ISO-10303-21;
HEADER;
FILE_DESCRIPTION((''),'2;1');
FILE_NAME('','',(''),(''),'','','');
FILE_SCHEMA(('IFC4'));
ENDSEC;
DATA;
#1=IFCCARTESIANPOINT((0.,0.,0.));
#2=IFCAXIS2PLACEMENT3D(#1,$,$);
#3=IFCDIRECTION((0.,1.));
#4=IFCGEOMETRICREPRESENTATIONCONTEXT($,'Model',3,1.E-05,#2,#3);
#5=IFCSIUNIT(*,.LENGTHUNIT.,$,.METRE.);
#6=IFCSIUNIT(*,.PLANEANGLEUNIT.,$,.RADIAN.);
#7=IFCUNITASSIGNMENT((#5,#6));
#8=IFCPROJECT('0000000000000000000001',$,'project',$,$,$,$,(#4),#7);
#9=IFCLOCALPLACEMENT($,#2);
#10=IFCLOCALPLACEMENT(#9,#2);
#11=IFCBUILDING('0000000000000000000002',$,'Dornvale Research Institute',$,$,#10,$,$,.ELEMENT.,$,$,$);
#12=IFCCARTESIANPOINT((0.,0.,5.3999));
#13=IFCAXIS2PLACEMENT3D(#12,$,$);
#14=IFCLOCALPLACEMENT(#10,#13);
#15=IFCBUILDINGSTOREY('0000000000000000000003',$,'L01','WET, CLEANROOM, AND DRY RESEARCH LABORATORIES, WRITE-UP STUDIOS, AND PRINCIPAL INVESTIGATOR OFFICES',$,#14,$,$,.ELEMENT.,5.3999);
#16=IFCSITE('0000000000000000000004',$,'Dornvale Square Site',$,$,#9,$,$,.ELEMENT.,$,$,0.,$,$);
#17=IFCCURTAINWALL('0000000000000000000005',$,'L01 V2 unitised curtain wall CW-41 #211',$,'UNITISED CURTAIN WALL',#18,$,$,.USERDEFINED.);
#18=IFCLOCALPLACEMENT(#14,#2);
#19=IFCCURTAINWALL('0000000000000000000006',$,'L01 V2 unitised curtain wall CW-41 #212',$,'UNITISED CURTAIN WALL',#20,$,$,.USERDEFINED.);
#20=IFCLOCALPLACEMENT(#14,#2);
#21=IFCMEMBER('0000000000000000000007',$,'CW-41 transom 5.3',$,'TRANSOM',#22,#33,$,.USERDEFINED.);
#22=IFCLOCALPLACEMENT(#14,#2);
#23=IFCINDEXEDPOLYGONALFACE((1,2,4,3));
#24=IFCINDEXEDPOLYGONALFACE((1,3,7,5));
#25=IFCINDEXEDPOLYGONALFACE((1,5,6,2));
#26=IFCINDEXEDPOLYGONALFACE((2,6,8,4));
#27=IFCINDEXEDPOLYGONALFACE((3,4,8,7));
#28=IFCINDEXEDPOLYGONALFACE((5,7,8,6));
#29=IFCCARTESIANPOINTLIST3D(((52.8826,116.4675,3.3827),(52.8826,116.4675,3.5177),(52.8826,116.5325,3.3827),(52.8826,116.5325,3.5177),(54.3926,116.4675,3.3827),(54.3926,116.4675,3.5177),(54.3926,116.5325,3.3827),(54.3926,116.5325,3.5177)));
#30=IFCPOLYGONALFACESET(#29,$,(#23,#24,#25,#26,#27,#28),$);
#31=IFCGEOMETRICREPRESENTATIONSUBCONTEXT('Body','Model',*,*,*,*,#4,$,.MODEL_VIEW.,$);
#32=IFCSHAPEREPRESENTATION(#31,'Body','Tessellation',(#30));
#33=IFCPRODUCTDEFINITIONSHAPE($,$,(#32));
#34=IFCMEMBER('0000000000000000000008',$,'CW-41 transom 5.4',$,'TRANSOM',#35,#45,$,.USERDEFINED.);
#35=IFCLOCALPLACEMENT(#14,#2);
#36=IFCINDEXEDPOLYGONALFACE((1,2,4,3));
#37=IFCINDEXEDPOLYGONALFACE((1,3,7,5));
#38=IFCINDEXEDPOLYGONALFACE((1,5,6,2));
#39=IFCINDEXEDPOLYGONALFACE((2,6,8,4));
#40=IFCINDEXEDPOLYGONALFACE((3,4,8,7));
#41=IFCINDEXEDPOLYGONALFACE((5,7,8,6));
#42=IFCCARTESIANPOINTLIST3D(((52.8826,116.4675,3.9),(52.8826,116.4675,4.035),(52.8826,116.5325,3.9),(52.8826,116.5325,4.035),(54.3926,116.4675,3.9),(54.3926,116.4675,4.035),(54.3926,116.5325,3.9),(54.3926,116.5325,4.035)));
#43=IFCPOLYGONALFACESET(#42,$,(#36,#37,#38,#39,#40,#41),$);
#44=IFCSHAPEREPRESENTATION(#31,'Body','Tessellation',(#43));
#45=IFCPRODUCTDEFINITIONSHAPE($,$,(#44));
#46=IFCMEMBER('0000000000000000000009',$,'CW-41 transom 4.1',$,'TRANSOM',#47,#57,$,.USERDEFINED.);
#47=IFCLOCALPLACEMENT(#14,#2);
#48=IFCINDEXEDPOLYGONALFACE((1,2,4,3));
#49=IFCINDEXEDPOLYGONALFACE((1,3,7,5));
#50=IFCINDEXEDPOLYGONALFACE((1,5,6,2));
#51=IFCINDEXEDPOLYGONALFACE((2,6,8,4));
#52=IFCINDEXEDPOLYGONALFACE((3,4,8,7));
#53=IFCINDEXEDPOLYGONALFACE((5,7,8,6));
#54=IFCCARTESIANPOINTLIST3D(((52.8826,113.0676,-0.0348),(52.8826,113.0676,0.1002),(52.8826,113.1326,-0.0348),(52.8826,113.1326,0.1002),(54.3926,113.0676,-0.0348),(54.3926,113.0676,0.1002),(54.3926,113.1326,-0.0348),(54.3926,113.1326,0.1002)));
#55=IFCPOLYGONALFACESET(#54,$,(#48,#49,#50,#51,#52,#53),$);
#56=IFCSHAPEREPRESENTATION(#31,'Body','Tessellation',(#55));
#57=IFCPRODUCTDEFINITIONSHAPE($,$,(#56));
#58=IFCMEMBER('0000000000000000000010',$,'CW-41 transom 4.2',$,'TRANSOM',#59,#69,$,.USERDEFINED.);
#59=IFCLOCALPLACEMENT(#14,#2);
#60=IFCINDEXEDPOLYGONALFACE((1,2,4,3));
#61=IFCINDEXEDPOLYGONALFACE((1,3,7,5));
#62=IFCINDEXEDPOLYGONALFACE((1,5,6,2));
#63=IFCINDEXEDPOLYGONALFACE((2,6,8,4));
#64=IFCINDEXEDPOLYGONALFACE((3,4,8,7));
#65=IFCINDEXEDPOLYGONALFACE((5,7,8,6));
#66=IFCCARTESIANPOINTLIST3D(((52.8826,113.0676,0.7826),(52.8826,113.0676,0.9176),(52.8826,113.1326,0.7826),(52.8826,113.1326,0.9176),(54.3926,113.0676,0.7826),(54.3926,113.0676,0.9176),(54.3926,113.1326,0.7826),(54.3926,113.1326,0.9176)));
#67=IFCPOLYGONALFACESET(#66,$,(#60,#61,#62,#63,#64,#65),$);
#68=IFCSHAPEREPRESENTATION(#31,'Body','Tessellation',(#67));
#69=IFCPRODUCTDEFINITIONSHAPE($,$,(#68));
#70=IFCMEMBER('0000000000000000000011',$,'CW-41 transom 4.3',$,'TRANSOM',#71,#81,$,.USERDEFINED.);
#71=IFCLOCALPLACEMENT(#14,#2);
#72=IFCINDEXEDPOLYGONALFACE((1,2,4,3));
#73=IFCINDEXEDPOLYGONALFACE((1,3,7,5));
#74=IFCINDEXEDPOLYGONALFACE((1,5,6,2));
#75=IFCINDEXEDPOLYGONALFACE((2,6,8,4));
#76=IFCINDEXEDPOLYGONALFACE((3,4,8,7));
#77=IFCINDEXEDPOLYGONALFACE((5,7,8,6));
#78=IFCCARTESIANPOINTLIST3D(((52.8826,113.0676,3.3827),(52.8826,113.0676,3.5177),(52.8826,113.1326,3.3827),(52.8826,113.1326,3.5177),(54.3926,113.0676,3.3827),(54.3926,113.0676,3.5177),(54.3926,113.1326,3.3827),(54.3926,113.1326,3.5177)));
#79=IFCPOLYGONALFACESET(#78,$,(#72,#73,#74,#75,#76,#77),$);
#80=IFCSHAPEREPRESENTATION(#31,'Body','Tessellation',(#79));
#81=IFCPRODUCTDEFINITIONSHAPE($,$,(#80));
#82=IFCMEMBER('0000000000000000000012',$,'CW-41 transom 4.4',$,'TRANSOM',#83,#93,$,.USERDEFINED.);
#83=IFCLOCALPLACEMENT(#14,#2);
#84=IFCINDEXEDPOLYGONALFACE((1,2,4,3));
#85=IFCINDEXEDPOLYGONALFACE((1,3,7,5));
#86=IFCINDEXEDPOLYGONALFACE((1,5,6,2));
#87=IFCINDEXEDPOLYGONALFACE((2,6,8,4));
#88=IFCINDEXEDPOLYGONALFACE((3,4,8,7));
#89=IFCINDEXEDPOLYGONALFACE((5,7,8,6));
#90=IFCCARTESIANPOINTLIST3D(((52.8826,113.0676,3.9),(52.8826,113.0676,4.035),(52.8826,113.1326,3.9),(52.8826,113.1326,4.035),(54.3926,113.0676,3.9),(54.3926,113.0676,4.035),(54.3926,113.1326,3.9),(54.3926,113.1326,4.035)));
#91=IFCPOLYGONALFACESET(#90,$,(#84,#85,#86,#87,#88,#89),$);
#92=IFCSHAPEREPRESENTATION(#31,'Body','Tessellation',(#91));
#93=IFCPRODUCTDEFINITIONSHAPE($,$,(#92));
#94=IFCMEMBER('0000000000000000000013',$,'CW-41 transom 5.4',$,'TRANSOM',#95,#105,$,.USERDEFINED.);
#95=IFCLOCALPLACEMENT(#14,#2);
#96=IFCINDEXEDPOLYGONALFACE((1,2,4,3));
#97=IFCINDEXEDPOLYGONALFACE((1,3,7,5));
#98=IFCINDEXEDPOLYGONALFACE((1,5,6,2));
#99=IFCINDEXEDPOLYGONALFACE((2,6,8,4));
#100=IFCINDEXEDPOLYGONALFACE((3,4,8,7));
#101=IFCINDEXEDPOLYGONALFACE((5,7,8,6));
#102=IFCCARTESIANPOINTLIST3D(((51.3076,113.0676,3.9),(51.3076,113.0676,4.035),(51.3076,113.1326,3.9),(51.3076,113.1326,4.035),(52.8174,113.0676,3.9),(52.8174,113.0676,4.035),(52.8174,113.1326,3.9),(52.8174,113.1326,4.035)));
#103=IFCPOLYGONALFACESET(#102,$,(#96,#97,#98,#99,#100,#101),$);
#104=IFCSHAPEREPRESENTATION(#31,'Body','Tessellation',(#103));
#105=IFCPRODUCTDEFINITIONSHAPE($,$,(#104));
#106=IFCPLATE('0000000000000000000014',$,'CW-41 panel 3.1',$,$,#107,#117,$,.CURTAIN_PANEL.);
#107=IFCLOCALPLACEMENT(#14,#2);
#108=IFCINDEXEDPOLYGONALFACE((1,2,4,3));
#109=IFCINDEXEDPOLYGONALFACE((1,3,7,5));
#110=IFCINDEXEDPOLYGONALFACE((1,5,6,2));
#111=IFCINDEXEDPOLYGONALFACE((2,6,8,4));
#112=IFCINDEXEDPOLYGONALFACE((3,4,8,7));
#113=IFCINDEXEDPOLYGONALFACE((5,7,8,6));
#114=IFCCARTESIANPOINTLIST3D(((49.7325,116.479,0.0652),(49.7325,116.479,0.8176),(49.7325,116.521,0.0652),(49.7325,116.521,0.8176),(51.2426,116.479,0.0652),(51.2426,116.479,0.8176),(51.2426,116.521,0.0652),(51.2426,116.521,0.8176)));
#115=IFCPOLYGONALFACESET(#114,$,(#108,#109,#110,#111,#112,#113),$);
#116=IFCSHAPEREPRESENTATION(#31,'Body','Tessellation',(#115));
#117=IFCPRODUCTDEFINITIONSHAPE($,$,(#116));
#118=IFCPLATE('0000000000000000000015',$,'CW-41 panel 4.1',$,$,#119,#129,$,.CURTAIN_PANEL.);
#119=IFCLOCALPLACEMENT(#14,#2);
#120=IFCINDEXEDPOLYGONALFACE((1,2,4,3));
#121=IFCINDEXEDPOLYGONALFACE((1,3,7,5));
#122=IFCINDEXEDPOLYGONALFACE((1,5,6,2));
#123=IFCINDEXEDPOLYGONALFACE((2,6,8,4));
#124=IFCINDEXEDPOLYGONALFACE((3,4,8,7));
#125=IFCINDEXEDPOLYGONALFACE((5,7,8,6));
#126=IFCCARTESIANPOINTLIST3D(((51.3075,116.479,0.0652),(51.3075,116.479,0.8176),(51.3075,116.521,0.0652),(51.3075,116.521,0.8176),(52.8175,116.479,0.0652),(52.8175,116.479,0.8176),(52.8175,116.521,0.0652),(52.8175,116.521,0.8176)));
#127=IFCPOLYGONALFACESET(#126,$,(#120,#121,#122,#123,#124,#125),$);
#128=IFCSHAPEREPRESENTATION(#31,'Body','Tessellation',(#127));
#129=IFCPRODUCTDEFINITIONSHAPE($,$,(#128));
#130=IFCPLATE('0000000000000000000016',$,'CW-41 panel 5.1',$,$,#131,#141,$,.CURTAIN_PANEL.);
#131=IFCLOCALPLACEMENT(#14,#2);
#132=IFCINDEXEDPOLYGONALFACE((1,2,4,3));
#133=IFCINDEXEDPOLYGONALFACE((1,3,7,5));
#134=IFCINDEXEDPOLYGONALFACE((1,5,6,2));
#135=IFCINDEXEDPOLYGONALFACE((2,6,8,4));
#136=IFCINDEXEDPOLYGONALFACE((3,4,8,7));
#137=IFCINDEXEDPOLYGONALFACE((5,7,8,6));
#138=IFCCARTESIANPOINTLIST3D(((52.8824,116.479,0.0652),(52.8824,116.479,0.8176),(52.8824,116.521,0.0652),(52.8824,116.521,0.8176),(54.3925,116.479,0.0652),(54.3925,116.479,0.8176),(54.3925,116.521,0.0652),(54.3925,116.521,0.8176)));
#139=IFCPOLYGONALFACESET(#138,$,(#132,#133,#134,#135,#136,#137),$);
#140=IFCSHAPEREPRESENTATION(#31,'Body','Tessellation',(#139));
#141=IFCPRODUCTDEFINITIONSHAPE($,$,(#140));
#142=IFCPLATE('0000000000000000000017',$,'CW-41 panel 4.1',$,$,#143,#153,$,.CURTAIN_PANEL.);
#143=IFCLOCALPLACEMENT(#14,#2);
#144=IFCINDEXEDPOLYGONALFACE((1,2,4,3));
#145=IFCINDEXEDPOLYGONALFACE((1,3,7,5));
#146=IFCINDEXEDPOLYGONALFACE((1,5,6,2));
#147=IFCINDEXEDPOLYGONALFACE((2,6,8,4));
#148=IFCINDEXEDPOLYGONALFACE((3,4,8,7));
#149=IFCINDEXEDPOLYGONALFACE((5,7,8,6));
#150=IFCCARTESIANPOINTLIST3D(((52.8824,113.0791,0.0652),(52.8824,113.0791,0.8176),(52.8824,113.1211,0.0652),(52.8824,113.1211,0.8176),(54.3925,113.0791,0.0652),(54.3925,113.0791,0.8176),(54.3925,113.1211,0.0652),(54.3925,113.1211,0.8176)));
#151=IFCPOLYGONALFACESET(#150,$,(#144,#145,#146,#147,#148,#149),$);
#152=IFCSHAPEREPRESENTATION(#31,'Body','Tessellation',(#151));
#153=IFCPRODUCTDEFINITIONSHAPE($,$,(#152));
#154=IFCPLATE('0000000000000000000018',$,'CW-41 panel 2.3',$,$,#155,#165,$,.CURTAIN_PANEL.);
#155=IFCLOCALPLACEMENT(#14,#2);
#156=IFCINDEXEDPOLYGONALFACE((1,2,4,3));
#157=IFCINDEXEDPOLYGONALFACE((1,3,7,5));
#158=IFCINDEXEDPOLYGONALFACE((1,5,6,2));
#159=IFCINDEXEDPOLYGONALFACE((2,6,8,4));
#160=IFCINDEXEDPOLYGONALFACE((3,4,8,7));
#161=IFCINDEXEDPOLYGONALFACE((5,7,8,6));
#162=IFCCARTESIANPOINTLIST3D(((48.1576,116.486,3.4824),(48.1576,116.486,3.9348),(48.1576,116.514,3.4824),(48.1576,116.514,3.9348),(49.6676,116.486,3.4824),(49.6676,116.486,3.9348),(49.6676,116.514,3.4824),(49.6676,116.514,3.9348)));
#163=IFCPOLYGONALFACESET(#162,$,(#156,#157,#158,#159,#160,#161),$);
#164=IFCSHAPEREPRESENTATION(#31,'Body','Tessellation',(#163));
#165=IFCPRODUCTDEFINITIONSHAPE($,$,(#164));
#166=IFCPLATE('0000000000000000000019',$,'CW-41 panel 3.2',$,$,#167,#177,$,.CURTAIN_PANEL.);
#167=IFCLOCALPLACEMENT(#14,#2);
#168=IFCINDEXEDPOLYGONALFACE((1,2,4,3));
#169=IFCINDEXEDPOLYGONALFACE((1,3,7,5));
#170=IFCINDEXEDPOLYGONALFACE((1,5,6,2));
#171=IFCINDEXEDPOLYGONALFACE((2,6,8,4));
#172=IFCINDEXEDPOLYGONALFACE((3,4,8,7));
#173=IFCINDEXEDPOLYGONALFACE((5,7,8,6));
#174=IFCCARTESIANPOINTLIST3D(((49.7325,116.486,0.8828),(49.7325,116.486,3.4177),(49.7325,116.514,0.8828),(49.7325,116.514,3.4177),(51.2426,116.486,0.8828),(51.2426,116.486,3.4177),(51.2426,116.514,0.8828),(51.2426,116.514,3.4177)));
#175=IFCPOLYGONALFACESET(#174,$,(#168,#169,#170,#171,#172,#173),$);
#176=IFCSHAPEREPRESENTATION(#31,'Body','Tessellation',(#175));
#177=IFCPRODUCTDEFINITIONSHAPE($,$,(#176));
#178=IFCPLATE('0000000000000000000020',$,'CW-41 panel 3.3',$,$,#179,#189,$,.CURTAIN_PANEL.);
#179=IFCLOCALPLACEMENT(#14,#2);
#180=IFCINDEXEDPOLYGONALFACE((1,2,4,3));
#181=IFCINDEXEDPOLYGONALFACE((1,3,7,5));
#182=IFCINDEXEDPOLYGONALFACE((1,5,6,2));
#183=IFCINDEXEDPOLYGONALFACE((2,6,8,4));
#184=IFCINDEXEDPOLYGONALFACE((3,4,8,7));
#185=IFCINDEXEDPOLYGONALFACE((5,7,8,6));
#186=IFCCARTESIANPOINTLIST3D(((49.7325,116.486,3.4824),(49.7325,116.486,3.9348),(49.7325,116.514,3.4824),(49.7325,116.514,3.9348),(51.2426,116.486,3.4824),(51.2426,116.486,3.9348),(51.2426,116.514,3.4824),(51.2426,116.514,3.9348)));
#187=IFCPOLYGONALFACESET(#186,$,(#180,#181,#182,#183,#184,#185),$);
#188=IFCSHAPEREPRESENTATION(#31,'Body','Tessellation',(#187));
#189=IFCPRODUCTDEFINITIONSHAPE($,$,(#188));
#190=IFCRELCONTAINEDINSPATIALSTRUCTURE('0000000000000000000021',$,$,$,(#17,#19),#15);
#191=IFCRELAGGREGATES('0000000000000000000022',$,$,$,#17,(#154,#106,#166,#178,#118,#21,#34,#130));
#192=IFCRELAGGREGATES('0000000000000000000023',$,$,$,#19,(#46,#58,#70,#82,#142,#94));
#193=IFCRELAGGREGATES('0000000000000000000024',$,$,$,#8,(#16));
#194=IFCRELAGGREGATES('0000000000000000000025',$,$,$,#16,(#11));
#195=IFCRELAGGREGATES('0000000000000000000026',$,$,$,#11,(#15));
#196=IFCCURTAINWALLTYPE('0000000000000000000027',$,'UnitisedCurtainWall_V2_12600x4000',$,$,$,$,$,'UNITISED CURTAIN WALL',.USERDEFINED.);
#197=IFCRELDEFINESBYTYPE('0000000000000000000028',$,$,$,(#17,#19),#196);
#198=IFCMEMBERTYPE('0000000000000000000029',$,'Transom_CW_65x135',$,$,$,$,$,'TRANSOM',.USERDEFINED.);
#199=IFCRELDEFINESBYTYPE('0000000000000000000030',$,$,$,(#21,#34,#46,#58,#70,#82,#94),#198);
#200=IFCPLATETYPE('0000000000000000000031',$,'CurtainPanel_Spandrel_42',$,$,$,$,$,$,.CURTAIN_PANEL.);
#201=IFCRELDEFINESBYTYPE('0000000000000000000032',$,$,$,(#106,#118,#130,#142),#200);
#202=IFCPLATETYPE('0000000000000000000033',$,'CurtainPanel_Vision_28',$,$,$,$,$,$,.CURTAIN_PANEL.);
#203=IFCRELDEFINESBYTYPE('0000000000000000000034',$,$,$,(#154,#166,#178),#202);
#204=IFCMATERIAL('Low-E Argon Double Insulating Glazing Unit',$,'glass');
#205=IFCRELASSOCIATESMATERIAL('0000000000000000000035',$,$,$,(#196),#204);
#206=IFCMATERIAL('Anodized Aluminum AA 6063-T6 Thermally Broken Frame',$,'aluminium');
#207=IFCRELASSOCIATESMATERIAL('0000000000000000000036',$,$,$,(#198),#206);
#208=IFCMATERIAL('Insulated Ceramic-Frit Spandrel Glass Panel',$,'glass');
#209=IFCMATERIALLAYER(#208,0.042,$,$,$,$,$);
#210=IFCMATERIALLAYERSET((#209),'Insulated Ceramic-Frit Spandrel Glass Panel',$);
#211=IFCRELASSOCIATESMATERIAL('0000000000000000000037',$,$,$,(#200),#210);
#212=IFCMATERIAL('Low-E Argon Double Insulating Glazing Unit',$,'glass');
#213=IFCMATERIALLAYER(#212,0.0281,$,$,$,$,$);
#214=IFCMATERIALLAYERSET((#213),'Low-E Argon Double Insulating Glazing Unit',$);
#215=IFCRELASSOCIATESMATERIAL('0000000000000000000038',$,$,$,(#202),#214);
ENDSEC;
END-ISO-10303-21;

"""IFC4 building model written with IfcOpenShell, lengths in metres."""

from ifc_helpers import new_model, si_unit, direction, frame, origin, origin_2d, place, context, subcontext, project, spatial, rectangle, extrude, material, layer, layer_set, material_profile, profile_set, type_object, element, aggregate, save


model = new_model("IFC4")

# Units and contexts
model_context = context("Model", 3, precision=1e-05, world=origin(), true_north=direction((0.0, 1.0)))
body_context = subcontext(model_context, "Body", "Model", "MODEL_VIEW")
ifc_project = project(units=[si_unit("LENGTHUNIT", "METRE"), si_unit("PLANEANGLEUNIT", "RADIAN")], contexts=[model_context])

# Site, building, storey
site_placement = place(None, origin())
site = spatial("IfcSite", under=ifc_project, at=site_placement, Name="Dornvale Square Site", CompositionType="ELEMENT", RefElevation=0.0)
building_placement = place(site_placement, origin())
building = spatial("IfcBuilding", under=site, at=building_placement, Name="Dornvale Research Institute", CompositionType="ELEMENT")
storey_placement = place(building_placement, frame((0.0, 0.0, 5.3999)))
storey = spatial("IfcBuildingStorey", under=building, at=storey_placement, Name="L01", Description="WET, CLEANROOM, AND DRY RESEARCH LABORATORIES, WRITE-UP STUDIOS, AND PRINCIPAL INVESTIGATOR OFFICES", CompositionType="ELEMENT", Elevation=5.3999)

# Curtain walls
ifc_material_1 = material(Name="Low-E Argon Double Insulating Glazing Unit", Category="glass")
curtain_wall_type = type_object("IfcCurtainWallType", Name="UnitisedCurtainWall_V2_12600x4000", ElementType="UNITISED CURTAIN WALL", PredefinedType="USERDEFINED", material=ifc_material_1)
curtain_wall_1_placement = place(storey_placement, origin())
curtain_wall_1 = element("IfcCurtainWall", 1, at=curtain_wall_1_placement, inside=storey, type_object=curtain_wall_type, Name="L01 V2 unitised curtain wall CW-41 #211", ObjectType="UNITISED CURTAIN WALL", PredefinedType="USERDEFINED")
curtain_wall_2_placement = place(storey_placement, origin())
curtain_wall_2 = element("IfcCurtainWall", 2, at=curtain_wall_2_placement, inside=storey, type_object=curtain_wall_type, Name="L01 V2 unitised curtain wall CW-41 #212", ObjectType="UNITISED CURTAIN WALL", PredefinedType="USERDEFINED")

# Members
ifc_material_2 = material(Name="Anodized Aluminum AA 6063-T6 Thermally Broken Frame", Category="aluminium")
ifc_material_profile_1 = material_profile(ifc_material_2, rectangle(XDim=0.0649, YDim=0.135, at=origin_2d()), Name="ALU TRANSOM 65x135")
ifc_profile_set_1 = profile_set([ifc_material_profile_1], Name="Anodized Aluminum AA 6063-T6 Thermally Broken Frame")
member_type_1 = type_object("IfcMemberType", Name="Transom_CW_65x135", ElementType="TRANSOM", PredefinedType="USERDEFINED", material=ifc_profile_set_1)
member_1_placement = place(storey_placement, frame((52.8826, 116.5, 3.4502), z_axis=(1.0, 0.0, 0.0), x_axis=(0.0, 1.0, 0.0)))
member_1 = element("IfcMember", 3, at=member_1_placement, type_object=member_type_1, Name="CW-41 transom 5.3", ObjectType="TRANSOM", PredefinedType="USERDEFINED", context=body_context, shape_type="SweptSolid", body=[
    extrude(rectangle(XDim=0.0649, YDim=0.135, at=origin_2d()), origin(), (0.0, 0.0, 1.0), 1.51),
])
member_2_placement = place(storey_placement, frame((52.8826, 116.5, 3.9675), z_axis=(1.0, 0.0, 0.0), x_axis=(0.0, 1.0, 0.0)))
member_2 = element("IfcMember", 4, at=member_2_placement, type_object=member_type_1, Name="CW-41 transom 5.4", ObjectType="TRANSOM", PredefinedType="USERDEFINED", context=body_context, shape_type="SweptSolid", body=[
    extrude(rectangle(XDim=0.0649, YDim=0.135, at=origin_2d()), origin(), (0.0, 0.0, 1.0), 1.51),
])
member_3_placement = place(storey_placement, frame((54.3926, 113.1001, 0.0327), z_axis=(-1.0, 0.0, 0.0), x_axis=(0.0, -1.0, 0.0)))
member_3 = element("IfcMember", 5, at=member_3_placement, type_object=member_type_1, Name="CW-41 transom 4.1", ObjectType="TRANSOM", PredefinedType="USERDEFINED", context=body_context, shape_type="SweptSolid", body=[
    extrude(rectangle(XDim=0.0649, YDim=0.135, at=origin_2d()), origin(), (0.0, 0.0, 1.0), 1.51),
])
member_4_placement = place(storey_placement, frame((54.3926, 113.1001, 0.8501), z_axis=(-1.0, 0.0, 0.0), x_axis=(0.0, -1.0, 0.0)))
member_4 = element("IfcMember", 6, at=member_4_placement, type_object=member_type_1, Name="CW-41 transom 4.2", ObjectType="TRANSOM", PredefinedType="USERDEFINED", context=body_context, shape_type="SweptSolid", body=[
    extrude(rectangle(XDim=0.0649, YDim=0.135, at=origin_2d()), origin(), (0.0, 0.0, 1.0), 1.51),
])
member_5_placement = place(storey_placement, frame((54.3926, 113.1001, 3.4502), z_axis=(-1.0, 0.0, 0.0), x_axis=(0.0, -1.0, 0.0)))
member_5 = element("IfcMember", 7, at=member_5_placement, type_object=member_type_1, Name="CW-41 transom 4.3", ObjectType="TRANSOM", PredefinedType="USERDEFINED", context=body_context, shape_type="SweptSolid", body=[
    extrude(rectangle(XDim=0.0649, YDim=0.135, at=origin_2d()), origin(), (0.0, 0.0, 1.0), 1.51),
])
member_6_placement = place(storey_placement, frame((54.3926, 113.1001, 3.9675), z_axis=(-1.0, 0.0, 0.0), x_axis=(0.0, -1.0, 0.0)))
member_6 = element("IfcMember", 8, at=member_6_placement, type_object=member_type_1, Name="CW-41 transom 4.4", ObjectType="TRANSOM", PredefinedType="USERDEFINED", context=body_context, shape_type="SweptSolid", body=[
    extrude(rectangle(XDim=0.0649, YDim=0.135, at=origin_2d()), origin(), (0.0, 0.0, 1.0), 1.51),
])
member_7_placement = place(storey_placement, frame((52.8174, 113.1001, 3.9675), z_axis=(-1.0, 0.0, 0.0), x_axis=(0.0, -1.0, 0.0)))
member_7 = element("IfcMember", 9, at=member_7_placement, type_object=member_type_1, Name="CW-41 transom 5.4", ObjectType="TRANSOM", PredefinedType="USERDEFINED", context=body_context, shape_type="SweptSolid", body=[
    extrude(rectangle(XDim=0.0649, YDim=0.135, at=origin_2d()), origin(), (0.0, 0.0, 1.0), 1.5098),
])

# Plates
ifc_material_3 = material(Name="Insulated Ceramic-Frit Spandrel Glass Panel", Category="glass")
ifc_layer_1 = layer(ifc_material_3, 0.042)
ifc_layer_set_1 = layer_set([ifc_layer_1], Name="Insulated Ceramic-Frit Spandrel Glass Panel")
plate_type_1 = type_object("IfcPlateType", Name="CurtainPanel_Spandrel_42", PredefinedType="CURTAIN_PANEL", material=ifc_layer_set_1)
plate_1_placement = place(storey_placement, frame((50.4875, 116.5, 0.0652), z_axis=(0.0, 0.0, 1.0), x_axis=(1.0, 0.0, 0.0)))
plate_1 = element("IfcPlate", 10, at=plate_1_placement, type_object=plate_type_1, Name="CW-41 panel 3.1", PredefinedType="CURTAIN_PANEL", context=body_context, shape_type="SweptSolid", body=[
    extrude(rectangle(XDim=1.51, YDim=0.042, at=origin_2d()), origin(), (0.0, 0.0, 1.0), 0.7524),
])
plate_2_placement = place(storey_placement, frame((52.0625, 116.5, 0.0652), z_axis=(0.0, 0.0, 1.0), x_axis=(1.0, 0.0, 0.0)))
plate_2 = element("IfcPlate", 11, at=plate_2_placement, type_object=plate_type_1, Name="CW-41 panel 4.1", PredefinedType="CURTAIN_PANEL", context=body_context, shape_type="SweptSolid", body=[
    extrude(rectangle(XDim=1.51, YDim=0.042, at=origin_2d()), origin(), (0.0, 0.0, 1.0), 0.7524),
])
plate_3_placement = place(storey_placement, frame((53.6375, 116.5, 0.0652), z_axis=(0.0, 0.0, 1.0), x_axis=(1.0, 0.0, 0.0)))
plate_3 = element("IfcPlate", 12, at=plate_3_placement, type_object=plate_type_1, Name="CW-41 panel 5.1", PredefinedType="CURTAIN_PANEL", context=body_context, shape_type="SweptSolid", body=[
    extrude(rectangle(XDim=1.51, YDim=0.042, at=origin_2d()), origin(), (0.0, 0.0, 1.0), 0.7524),
])
plate_4_placement = place(storey_placement, frame((53.6375, 113.1001, 0.0652), z_axis=(0.0, 0.0, 1.0), x_axis=(-1.0, 0.0, 0.0)))
plate_4 = element("IfcPlate", 13, at=plate_4_placement, type_object=plate_type_1, Name="CW-41 panel 4.1", PredefinedType="CURTAIN_PANEL", context=body_context, shape_type="SweptSolid", body=[
    extrude(rectangle(XDim=1.51, YDim=0.042, at=origin_2d()), origin(), (0.0, 0.0, 1.0), 0.7524),
])
ifc_material_4 = material(Name="Low-E Argon Double Insulating Glazing Unit", Category="glass")
ifc_layer_2 = layer(ifc_material_4, 0.0281)
ifc_layer_set_2 = layer_set([ifc_layer_2], Name="Low-E Argon Double Insulating Glazing Unit")
plate_type_2 = type_object("IfcPlateType", Name="CurtainPanel_Vision_28", PredefinedType="CURTAIN_PANEL", material=ifc_layer_set_2)
plate_5_placement = place(storey_placement, frame((48.9126, 116.5, 3.4824), z_axis=(0.0, 0.0, 1.0), x_axis=(1.0, 0.0, 0.0)))
plate_5 = element("IfcPlate", 14, at=plate_5_placement, type_object=plate_type_2, Name="CW-41 panel 2.3", PredefinedType="CURTAIN_PANEL", context=body_context, shape_type="SweptSolid", body=[
    extrude(rectangle(XDim=1.51, YDim=0.0281, at=origin_2d()), origin(), (0.0, 0.0, 1.0), 0.4524),
])
plate_6_placement = place(storey_placement, frame((50.4875, 116.5, 0.8828), z_axis=(0.0, 0.0, 1.0), x_axis=(1.0, 0.0, 0.0)))
plate_6 = element("IfcPlate", 15, at=plate_6_placement, type_object=plate_type_2, Name="CW-41 panel 3.2", PredefinedType="CURTAIN_PANEL", context=body_context, shape_type="SweptSolid", body=[
    extrude(rectangle(XDim=1.51, YDim=0.0281, at=origin_2d()), origin(), (0.0, 0.0, 1.0), 2.5349),
])
plate_7_placement = place(storey_placement, frame((50.4875, 116.5, 3.4824), z_axis=(0.0, 0.0, 1.0), x_axis=(1.0, 0.0, 0.0)))
plate_7 = element("IfcPlate", 16, at=plate_7_placement, type_object=plate_type_2, Name="CW-41 panel 3.3", PredefinedType="CURTAIN_PANEL", context=body_context, shape_type="SweptSolid", body=[
    extrude(rectangle(XDim=1.51, YDim=0.0281, at=origin_2d()), origin(), (0.0, 0.0, 1.0), 0.4524),
])
aggregate(curtain_wall_1, [plate_5, plate_1, plate_6, plate_7, plate_2, member_1, member_2, plate_3])
aggregate(curtain_wall_2, [member_3, member_4, member_5, member_6, plate_4, member_7])

save(model, "model.ifc")
